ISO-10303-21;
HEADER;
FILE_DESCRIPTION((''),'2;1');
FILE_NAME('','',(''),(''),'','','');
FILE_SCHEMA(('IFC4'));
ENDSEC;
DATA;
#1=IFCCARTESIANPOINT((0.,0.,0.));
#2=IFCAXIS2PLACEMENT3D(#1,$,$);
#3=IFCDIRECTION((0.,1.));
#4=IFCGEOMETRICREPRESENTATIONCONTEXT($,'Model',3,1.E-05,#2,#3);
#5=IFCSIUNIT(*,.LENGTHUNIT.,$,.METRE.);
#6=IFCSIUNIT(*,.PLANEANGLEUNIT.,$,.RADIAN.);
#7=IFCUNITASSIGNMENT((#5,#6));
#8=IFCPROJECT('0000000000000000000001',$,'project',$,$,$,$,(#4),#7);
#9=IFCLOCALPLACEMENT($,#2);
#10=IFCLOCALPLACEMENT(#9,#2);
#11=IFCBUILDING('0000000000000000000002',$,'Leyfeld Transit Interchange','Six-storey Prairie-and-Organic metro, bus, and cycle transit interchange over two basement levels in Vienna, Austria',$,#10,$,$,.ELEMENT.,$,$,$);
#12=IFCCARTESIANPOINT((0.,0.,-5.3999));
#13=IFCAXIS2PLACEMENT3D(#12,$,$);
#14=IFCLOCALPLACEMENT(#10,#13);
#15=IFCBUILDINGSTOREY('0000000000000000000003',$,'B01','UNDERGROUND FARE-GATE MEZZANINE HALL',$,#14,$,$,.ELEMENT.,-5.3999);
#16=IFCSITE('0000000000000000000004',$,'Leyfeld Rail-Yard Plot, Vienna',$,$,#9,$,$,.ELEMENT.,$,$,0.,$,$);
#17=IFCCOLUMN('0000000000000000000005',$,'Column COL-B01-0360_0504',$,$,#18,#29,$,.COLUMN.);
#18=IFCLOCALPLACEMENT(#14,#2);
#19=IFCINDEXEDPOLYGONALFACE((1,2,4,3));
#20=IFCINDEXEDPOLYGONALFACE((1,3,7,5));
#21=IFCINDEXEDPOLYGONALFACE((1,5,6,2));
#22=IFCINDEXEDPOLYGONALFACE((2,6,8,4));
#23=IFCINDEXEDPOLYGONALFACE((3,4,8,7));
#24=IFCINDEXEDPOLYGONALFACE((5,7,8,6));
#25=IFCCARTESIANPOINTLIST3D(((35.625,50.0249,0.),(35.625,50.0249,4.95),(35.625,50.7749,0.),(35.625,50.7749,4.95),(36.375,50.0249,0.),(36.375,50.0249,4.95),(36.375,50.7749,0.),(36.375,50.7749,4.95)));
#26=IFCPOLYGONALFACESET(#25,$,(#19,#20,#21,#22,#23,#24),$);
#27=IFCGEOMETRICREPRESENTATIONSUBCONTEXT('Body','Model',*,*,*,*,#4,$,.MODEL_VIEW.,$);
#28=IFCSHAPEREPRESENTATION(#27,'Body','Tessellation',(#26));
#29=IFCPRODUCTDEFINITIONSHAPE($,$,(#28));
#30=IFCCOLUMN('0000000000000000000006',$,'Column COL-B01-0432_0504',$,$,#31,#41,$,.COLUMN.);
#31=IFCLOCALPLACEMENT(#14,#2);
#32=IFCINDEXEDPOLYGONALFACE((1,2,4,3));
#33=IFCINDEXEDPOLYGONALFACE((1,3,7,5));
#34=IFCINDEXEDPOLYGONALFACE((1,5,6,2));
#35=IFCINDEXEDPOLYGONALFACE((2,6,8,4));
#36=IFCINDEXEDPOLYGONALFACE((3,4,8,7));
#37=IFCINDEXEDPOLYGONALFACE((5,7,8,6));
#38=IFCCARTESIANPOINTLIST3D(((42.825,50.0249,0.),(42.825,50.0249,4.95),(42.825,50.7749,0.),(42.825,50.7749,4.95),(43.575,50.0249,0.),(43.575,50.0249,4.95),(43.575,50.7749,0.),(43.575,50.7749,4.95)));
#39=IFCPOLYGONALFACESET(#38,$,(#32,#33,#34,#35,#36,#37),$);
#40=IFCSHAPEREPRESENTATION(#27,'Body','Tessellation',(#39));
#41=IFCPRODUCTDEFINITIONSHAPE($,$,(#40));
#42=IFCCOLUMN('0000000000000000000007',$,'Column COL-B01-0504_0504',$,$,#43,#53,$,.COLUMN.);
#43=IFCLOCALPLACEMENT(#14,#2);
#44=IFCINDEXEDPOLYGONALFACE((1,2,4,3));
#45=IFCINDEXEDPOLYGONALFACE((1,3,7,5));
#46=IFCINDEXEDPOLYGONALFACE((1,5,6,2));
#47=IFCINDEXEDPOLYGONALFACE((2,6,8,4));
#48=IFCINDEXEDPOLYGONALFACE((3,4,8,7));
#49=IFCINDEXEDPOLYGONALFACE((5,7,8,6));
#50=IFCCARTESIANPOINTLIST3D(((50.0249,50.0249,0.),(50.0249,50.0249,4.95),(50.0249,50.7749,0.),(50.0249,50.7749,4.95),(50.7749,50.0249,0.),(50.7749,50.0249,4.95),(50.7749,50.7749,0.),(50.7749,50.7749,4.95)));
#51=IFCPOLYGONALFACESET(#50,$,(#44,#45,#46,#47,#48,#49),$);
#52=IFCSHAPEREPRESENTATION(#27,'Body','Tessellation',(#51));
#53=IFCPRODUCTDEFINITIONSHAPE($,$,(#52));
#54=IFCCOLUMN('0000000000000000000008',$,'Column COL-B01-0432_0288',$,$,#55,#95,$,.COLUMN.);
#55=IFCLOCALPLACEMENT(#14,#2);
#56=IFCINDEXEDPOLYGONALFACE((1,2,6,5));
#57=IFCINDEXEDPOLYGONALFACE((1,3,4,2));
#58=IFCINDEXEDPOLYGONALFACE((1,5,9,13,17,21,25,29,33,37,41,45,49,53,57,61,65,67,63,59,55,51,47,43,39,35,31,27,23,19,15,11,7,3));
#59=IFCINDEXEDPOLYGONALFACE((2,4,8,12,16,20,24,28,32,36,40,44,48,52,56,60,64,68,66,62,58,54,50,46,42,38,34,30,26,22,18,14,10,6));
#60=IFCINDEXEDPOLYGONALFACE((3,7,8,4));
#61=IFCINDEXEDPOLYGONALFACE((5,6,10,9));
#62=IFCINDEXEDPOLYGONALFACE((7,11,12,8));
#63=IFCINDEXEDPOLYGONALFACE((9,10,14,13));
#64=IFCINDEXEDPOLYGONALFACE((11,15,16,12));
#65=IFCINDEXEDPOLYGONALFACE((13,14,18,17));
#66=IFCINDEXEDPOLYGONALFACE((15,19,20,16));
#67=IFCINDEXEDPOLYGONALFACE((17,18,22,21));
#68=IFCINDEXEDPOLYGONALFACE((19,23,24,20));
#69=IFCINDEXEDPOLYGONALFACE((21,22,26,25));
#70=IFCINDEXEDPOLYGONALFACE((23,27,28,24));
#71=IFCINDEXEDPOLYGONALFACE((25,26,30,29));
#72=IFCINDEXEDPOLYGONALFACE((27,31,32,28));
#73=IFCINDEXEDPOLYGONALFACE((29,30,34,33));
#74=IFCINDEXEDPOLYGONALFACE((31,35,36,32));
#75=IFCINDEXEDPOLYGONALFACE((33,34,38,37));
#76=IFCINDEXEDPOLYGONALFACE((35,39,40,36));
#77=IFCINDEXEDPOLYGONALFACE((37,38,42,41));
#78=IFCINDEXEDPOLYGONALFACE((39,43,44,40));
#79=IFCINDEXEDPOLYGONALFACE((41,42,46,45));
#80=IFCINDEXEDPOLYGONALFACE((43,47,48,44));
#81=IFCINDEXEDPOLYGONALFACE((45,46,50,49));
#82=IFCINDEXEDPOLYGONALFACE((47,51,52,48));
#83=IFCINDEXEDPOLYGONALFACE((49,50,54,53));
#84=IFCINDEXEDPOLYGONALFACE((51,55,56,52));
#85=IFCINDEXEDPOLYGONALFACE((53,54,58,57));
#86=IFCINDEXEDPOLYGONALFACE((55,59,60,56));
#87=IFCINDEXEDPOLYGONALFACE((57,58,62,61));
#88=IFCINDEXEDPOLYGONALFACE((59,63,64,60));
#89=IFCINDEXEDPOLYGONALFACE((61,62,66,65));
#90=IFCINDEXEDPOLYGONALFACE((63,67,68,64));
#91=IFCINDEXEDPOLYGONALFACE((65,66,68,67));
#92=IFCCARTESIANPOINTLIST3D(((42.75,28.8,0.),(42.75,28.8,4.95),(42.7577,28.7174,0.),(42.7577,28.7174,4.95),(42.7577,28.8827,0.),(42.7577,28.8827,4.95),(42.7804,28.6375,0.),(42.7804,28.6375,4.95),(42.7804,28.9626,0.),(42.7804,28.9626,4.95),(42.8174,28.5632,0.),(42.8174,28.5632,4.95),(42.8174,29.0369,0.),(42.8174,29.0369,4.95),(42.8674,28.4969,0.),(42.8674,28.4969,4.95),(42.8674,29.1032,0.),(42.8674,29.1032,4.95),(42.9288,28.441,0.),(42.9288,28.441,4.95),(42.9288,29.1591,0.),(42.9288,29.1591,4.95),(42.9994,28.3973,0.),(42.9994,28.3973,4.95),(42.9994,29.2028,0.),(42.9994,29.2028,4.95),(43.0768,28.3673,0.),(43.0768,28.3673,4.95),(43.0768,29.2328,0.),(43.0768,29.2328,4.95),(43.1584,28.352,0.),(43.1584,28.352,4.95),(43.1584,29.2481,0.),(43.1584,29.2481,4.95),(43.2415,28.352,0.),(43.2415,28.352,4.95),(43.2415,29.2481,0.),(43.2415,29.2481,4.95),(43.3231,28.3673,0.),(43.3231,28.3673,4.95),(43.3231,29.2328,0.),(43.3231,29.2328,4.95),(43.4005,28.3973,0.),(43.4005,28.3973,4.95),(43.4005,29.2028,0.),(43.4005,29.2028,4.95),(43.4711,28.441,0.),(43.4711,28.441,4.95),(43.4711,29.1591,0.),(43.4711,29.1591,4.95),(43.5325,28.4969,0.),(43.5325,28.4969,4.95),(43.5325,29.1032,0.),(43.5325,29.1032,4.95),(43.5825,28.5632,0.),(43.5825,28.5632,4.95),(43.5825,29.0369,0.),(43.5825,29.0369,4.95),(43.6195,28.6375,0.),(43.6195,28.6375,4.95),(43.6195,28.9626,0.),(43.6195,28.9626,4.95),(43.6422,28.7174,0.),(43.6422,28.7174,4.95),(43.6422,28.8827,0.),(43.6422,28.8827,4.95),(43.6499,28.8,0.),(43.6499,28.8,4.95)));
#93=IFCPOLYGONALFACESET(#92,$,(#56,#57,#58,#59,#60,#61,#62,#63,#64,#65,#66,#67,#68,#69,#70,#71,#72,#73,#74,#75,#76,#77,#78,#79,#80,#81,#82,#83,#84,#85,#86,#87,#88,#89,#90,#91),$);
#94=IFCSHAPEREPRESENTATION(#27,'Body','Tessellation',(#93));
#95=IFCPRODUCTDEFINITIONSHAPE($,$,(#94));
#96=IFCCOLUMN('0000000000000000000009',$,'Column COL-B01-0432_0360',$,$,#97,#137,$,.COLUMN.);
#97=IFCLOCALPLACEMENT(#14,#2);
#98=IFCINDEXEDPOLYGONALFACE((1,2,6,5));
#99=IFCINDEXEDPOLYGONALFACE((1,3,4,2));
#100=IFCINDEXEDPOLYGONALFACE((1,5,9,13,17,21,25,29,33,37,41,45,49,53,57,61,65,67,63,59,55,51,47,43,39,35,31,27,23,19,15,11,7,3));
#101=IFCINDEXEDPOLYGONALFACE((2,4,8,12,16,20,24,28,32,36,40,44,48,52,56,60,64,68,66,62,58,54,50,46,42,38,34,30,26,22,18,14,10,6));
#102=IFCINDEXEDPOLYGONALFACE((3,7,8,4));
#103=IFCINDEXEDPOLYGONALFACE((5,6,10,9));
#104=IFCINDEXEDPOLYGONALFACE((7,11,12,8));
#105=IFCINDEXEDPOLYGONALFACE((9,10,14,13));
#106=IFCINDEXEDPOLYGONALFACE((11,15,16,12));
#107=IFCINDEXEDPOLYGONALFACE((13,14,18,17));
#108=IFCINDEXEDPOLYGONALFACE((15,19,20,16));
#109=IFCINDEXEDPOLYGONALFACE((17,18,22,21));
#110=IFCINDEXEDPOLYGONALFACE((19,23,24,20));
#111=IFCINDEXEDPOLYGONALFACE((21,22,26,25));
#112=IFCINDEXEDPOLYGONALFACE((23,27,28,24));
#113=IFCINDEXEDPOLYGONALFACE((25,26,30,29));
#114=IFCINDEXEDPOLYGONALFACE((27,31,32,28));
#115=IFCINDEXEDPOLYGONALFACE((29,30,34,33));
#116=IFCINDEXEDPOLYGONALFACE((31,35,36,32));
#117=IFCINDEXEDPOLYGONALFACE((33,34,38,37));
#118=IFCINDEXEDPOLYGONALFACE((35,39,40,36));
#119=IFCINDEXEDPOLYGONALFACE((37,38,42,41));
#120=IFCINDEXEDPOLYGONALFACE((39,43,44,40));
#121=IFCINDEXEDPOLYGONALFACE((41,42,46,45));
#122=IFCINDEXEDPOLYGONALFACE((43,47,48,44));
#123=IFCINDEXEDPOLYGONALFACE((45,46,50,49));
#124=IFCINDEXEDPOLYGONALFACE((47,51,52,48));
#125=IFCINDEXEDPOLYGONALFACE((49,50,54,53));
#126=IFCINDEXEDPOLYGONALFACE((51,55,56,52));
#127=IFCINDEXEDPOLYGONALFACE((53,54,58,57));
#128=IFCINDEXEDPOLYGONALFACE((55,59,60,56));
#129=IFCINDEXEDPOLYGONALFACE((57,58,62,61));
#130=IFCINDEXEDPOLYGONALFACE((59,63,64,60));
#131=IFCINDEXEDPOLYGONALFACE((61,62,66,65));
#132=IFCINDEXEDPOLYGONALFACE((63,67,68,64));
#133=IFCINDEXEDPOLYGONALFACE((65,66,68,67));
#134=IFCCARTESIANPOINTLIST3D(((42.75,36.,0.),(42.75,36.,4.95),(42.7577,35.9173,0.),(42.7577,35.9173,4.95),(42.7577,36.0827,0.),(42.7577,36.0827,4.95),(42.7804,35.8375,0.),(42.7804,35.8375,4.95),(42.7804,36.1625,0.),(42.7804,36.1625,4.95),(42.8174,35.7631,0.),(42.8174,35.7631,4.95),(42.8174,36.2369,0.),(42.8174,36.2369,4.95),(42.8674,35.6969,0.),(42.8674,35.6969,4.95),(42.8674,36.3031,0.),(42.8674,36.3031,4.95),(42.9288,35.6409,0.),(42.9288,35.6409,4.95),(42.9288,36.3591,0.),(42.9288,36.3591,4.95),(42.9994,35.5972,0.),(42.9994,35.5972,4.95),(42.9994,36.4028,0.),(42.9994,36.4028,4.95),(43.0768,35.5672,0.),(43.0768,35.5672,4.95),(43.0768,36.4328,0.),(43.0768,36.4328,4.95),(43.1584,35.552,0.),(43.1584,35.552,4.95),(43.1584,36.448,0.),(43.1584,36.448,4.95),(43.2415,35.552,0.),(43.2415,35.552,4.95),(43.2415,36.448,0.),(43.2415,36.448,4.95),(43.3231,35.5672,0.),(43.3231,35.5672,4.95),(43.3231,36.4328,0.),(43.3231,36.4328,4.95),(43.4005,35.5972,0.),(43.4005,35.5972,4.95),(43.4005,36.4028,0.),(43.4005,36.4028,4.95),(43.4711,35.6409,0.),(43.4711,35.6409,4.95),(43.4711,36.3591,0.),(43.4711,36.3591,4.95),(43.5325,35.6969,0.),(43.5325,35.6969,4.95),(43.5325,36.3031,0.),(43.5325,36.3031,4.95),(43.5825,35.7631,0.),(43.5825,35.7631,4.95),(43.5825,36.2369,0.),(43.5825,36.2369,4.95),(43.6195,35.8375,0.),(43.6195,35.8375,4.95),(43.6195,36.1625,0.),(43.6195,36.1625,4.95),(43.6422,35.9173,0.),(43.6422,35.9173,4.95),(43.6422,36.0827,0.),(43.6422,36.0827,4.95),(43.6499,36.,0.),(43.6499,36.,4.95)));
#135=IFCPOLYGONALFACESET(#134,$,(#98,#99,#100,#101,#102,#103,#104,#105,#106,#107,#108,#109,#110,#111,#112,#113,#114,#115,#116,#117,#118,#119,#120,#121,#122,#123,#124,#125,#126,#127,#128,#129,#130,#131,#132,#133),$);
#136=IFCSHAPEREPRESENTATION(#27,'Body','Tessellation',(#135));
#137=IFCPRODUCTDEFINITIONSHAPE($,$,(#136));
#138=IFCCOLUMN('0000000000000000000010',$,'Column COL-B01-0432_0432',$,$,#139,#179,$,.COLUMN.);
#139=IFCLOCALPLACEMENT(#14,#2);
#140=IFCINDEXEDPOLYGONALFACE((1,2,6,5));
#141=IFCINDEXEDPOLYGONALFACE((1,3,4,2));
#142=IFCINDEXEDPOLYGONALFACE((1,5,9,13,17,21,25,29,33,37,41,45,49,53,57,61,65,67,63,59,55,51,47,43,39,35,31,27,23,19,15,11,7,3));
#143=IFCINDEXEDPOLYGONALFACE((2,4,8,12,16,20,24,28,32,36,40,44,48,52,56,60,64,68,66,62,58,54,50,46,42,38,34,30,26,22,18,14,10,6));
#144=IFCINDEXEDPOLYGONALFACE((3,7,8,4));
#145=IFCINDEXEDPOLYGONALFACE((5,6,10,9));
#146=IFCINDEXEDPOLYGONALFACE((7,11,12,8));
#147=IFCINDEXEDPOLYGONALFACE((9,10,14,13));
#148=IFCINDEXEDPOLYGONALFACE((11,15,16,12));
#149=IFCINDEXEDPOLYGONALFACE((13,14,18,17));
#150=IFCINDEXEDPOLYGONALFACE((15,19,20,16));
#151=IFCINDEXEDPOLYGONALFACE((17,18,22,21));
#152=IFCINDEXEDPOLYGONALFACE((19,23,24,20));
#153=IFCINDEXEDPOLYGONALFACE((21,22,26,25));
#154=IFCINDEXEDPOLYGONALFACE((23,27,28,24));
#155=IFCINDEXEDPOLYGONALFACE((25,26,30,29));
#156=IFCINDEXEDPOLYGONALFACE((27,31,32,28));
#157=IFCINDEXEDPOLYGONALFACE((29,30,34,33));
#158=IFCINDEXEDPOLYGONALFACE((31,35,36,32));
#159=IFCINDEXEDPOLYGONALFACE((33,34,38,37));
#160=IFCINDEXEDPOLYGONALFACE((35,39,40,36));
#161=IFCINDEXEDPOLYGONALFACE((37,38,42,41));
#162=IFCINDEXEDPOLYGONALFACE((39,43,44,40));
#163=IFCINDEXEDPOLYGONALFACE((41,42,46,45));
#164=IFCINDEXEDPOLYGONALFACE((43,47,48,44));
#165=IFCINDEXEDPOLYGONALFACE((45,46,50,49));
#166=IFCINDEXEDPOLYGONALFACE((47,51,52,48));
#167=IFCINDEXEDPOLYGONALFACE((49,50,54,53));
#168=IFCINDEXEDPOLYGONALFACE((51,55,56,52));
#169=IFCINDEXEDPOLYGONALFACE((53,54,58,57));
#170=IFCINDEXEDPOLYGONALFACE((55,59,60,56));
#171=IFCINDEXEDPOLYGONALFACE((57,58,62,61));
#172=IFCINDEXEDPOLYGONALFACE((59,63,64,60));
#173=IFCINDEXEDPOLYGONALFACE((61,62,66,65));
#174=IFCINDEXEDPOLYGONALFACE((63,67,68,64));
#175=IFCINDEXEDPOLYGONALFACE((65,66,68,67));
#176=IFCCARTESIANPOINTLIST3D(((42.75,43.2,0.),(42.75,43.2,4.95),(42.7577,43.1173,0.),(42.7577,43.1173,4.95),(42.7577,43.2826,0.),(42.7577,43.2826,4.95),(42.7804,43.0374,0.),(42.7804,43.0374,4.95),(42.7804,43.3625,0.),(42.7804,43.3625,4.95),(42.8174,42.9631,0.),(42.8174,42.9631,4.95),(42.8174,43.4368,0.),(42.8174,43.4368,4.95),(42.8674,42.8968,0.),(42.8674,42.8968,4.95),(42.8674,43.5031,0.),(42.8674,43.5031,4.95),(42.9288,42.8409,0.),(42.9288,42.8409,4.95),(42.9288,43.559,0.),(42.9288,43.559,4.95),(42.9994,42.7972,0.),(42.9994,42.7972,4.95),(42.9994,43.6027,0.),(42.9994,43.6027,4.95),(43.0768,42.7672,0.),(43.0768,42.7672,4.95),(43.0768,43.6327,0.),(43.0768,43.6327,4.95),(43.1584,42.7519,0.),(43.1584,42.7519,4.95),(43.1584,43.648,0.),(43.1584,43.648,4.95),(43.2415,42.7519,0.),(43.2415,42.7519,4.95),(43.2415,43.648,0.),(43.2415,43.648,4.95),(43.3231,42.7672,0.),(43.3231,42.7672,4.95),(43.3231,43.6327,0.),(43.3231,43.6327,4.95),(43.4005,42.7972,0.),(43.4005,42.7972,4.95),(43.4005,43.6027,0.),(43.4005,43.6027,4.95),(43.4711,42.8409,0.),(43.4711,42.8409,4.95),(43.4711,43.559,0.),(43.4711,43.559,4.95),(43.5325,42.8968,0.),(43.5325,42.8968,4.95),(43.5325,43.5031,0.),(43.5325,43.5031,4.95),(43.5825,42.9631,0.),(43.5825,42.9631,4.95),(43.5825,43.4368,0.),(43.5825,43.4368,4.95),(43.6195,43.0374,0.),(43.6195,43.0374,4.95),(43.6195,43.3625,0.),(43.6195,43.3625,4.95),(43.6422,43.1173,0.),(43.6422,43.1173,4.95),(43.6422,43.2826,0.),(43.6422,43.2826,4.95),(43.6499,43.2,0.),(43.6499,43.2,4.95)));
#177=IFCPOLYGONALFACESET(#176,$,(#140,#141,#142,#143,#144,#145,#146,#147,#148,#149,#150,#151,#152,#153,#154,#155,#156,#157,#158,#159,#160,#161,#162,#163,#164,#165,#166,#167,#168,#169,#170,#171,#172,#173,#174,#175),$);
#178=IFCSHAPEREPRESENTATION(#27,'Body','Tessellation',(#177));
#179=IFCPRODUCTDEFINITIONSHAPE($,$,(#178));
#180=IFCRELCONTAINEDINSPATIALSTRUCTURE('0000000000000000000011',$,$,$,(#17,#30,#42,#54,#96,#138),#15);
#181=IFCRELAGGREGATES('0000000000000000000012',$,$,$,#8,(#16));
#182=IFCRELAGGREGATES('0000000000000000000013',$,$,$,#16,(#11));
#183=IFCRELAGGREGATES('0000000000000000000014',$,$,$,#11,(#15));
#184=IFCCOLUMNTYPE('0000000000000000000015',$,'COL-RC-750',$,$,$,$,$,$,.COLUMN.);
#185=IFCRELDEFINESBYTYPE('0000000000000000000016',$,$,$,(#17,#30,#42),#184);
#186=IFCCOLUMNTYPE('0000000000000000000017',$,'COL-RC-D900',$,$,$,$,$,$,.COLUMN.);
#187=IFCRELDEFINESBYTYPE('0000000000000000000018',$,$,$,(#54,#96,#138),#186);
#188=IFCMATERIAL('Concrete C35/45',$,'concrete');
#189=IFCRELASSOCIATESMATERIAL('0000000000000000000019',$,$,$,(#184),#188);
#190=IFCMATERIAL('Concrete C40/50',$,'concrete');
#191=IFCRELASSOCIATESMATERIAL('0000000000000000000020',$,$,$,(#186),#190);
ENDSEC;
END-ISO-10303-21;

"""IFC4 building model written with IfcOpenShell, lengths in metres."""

from ifc_helpers import new_model, si_unit, direction, frame, origin, origin_2d, place, context, subcontext, project, spatial, rectangle, circle, extrude, material, material_profile, profile_set, type_object, element, save


model = new_model("IFC4")

# Units and contexts
model_context = context("Model", 3, precision=1e-05, world=origin(), true_north=direction((0.0, 1.0)))
body_context = subcontext(model_context, "Body", "Model", "MODEL_VIEW")
ifc_project = project(units=[si_unit("LENGTHUNIT", "METRE"), si_unit("PLANEANGLEUNIT", "RADIAN")], contexts=[model_context])

# Site, building, storey
site_placement = place(None, origin())
site = spatial("IfcSite", under=ifc_project, at=site_placement, Name="Leyfeld Rail-Yard Plot, Vienna", CompositionType="ELEMENT", RefElevation=0.0)
building_placement = place(site_placement, origin())
building = spatial("IfcBuilding", under=site, at=building_placement, Name="Leyfeld Transit Interchange", Description="Six-storey Prairie-and-Organic metro, bus, and cycle transit interchange over two basement levels in Vienna, Austria", CompositionType="ELEMENT")
storey_placement = place(building_placement, frame((0.0, 0.0, -5.3999)))
storey = spatial("IfcBuildingStorey", under=building, at=storey_placement, Name="B01", Description="UNDERGROUND FARE-GATE MEZZANINE HALL", CompositionType="ELEMENT", Elevation=-5.3999)

# Columns
ifc_material_1 = material(Name="Concrete C35/45", Category="concrete")
ifc_material_profile_1 = material_profile(ifc_material_1, rectangle(XDim=0.75, YDim=0.75, at=origin_2d()), Name="RC 750x750")
ifc_profile_set_1 = profile_set([ifc_material_profile_1], Name="Concrete C35/45")
column_type_1 = type_object("IfcColumnType", Name="COL-RC-750", PredefinedType="COLUMN", material=ifc_profile_set_1)
for number, where, z_axis, x_axis, name in (
    (1, (36.0, 50.3999, 0.0), (0.0, 0.0, 1.0), (1.0, 0.0, 0.0), "Column COL-B01-0360_0504"),
    (2, (43.2, 50.3999, 0.0), (0.0, 0.0, 1.0), (1.0, 0.0, 0.0), "Column COL-B01-0432_0504"),
    (3, (50.3999, 50.3999, 0.0), (0.0, 0.0, 1.0), (1.0, 0.0, 0.0), "Column COL-B01-0504_0504"),
):
    element("IfcColumn", number, at=place(storey_placement, frame(where, z_axis=z_axis, x_axis=x_axis)), inside=storey, type_object=column_type_1, Name=name, PredefinedType="COLUMN", context=body_context, shape_type="SweptSolid", body=[
        extrude(rectangle(XDim=0.75, YDim=0.75, at=origin_2d()), origin(), (0.0, 0.0, 1.0), 4.95),
    ])
ifc_material_2 = material(Name="Concrete C40/50", Category="concrete")
ifc_material_profile_2 = material_profile(ifc_material_2, circle(Radius=0.45, at=origin_2d()), Name="RC D900")
ifc_profile_set_2 = profile_set([ifc_material_profile_2], Name="Concrete C40/50")
column_type_2 = type_object("IfcColumnType", Name="COL-RC-D900", PredefinedType="COLUMN", material=ifc_profile_set_2)
for number, where, z_axis, x_axis, name in (
    (4, (43.2, 28.8, 0.0), (0.0, 0.0, 1.0), (1.0, 0.0, 0.0), "Column COL-B01-0432_0288"),
    (5, (43.2, 36.0, 0.0), (0.0, 0.0, 1.0), (1.0, 0.0, 0.0), "Column COL-B01-0432_0360"),
    (6, (43.2, 43.2, 0.0), (0.0, 0.0, 1.0), (1.0, 0.0, 0.0), "Column COL-B01-0432_0432"),
):
    element("IfcColumn", number, at=place(storey_placement, frame(where, z_axis=z_axis, x_axis=x_axis)), inside=storey, type_object=column_type_2, Name=name, PredefinedType="COLUMN", context=body_context, shape_type="SweptSolid", body=[
        extrude(circle(Radius=0.45, at=origin_2d()), origin(), (0.0, 0.0, 1.0), 4.95),
    ])

save(model, "model.ifc")
